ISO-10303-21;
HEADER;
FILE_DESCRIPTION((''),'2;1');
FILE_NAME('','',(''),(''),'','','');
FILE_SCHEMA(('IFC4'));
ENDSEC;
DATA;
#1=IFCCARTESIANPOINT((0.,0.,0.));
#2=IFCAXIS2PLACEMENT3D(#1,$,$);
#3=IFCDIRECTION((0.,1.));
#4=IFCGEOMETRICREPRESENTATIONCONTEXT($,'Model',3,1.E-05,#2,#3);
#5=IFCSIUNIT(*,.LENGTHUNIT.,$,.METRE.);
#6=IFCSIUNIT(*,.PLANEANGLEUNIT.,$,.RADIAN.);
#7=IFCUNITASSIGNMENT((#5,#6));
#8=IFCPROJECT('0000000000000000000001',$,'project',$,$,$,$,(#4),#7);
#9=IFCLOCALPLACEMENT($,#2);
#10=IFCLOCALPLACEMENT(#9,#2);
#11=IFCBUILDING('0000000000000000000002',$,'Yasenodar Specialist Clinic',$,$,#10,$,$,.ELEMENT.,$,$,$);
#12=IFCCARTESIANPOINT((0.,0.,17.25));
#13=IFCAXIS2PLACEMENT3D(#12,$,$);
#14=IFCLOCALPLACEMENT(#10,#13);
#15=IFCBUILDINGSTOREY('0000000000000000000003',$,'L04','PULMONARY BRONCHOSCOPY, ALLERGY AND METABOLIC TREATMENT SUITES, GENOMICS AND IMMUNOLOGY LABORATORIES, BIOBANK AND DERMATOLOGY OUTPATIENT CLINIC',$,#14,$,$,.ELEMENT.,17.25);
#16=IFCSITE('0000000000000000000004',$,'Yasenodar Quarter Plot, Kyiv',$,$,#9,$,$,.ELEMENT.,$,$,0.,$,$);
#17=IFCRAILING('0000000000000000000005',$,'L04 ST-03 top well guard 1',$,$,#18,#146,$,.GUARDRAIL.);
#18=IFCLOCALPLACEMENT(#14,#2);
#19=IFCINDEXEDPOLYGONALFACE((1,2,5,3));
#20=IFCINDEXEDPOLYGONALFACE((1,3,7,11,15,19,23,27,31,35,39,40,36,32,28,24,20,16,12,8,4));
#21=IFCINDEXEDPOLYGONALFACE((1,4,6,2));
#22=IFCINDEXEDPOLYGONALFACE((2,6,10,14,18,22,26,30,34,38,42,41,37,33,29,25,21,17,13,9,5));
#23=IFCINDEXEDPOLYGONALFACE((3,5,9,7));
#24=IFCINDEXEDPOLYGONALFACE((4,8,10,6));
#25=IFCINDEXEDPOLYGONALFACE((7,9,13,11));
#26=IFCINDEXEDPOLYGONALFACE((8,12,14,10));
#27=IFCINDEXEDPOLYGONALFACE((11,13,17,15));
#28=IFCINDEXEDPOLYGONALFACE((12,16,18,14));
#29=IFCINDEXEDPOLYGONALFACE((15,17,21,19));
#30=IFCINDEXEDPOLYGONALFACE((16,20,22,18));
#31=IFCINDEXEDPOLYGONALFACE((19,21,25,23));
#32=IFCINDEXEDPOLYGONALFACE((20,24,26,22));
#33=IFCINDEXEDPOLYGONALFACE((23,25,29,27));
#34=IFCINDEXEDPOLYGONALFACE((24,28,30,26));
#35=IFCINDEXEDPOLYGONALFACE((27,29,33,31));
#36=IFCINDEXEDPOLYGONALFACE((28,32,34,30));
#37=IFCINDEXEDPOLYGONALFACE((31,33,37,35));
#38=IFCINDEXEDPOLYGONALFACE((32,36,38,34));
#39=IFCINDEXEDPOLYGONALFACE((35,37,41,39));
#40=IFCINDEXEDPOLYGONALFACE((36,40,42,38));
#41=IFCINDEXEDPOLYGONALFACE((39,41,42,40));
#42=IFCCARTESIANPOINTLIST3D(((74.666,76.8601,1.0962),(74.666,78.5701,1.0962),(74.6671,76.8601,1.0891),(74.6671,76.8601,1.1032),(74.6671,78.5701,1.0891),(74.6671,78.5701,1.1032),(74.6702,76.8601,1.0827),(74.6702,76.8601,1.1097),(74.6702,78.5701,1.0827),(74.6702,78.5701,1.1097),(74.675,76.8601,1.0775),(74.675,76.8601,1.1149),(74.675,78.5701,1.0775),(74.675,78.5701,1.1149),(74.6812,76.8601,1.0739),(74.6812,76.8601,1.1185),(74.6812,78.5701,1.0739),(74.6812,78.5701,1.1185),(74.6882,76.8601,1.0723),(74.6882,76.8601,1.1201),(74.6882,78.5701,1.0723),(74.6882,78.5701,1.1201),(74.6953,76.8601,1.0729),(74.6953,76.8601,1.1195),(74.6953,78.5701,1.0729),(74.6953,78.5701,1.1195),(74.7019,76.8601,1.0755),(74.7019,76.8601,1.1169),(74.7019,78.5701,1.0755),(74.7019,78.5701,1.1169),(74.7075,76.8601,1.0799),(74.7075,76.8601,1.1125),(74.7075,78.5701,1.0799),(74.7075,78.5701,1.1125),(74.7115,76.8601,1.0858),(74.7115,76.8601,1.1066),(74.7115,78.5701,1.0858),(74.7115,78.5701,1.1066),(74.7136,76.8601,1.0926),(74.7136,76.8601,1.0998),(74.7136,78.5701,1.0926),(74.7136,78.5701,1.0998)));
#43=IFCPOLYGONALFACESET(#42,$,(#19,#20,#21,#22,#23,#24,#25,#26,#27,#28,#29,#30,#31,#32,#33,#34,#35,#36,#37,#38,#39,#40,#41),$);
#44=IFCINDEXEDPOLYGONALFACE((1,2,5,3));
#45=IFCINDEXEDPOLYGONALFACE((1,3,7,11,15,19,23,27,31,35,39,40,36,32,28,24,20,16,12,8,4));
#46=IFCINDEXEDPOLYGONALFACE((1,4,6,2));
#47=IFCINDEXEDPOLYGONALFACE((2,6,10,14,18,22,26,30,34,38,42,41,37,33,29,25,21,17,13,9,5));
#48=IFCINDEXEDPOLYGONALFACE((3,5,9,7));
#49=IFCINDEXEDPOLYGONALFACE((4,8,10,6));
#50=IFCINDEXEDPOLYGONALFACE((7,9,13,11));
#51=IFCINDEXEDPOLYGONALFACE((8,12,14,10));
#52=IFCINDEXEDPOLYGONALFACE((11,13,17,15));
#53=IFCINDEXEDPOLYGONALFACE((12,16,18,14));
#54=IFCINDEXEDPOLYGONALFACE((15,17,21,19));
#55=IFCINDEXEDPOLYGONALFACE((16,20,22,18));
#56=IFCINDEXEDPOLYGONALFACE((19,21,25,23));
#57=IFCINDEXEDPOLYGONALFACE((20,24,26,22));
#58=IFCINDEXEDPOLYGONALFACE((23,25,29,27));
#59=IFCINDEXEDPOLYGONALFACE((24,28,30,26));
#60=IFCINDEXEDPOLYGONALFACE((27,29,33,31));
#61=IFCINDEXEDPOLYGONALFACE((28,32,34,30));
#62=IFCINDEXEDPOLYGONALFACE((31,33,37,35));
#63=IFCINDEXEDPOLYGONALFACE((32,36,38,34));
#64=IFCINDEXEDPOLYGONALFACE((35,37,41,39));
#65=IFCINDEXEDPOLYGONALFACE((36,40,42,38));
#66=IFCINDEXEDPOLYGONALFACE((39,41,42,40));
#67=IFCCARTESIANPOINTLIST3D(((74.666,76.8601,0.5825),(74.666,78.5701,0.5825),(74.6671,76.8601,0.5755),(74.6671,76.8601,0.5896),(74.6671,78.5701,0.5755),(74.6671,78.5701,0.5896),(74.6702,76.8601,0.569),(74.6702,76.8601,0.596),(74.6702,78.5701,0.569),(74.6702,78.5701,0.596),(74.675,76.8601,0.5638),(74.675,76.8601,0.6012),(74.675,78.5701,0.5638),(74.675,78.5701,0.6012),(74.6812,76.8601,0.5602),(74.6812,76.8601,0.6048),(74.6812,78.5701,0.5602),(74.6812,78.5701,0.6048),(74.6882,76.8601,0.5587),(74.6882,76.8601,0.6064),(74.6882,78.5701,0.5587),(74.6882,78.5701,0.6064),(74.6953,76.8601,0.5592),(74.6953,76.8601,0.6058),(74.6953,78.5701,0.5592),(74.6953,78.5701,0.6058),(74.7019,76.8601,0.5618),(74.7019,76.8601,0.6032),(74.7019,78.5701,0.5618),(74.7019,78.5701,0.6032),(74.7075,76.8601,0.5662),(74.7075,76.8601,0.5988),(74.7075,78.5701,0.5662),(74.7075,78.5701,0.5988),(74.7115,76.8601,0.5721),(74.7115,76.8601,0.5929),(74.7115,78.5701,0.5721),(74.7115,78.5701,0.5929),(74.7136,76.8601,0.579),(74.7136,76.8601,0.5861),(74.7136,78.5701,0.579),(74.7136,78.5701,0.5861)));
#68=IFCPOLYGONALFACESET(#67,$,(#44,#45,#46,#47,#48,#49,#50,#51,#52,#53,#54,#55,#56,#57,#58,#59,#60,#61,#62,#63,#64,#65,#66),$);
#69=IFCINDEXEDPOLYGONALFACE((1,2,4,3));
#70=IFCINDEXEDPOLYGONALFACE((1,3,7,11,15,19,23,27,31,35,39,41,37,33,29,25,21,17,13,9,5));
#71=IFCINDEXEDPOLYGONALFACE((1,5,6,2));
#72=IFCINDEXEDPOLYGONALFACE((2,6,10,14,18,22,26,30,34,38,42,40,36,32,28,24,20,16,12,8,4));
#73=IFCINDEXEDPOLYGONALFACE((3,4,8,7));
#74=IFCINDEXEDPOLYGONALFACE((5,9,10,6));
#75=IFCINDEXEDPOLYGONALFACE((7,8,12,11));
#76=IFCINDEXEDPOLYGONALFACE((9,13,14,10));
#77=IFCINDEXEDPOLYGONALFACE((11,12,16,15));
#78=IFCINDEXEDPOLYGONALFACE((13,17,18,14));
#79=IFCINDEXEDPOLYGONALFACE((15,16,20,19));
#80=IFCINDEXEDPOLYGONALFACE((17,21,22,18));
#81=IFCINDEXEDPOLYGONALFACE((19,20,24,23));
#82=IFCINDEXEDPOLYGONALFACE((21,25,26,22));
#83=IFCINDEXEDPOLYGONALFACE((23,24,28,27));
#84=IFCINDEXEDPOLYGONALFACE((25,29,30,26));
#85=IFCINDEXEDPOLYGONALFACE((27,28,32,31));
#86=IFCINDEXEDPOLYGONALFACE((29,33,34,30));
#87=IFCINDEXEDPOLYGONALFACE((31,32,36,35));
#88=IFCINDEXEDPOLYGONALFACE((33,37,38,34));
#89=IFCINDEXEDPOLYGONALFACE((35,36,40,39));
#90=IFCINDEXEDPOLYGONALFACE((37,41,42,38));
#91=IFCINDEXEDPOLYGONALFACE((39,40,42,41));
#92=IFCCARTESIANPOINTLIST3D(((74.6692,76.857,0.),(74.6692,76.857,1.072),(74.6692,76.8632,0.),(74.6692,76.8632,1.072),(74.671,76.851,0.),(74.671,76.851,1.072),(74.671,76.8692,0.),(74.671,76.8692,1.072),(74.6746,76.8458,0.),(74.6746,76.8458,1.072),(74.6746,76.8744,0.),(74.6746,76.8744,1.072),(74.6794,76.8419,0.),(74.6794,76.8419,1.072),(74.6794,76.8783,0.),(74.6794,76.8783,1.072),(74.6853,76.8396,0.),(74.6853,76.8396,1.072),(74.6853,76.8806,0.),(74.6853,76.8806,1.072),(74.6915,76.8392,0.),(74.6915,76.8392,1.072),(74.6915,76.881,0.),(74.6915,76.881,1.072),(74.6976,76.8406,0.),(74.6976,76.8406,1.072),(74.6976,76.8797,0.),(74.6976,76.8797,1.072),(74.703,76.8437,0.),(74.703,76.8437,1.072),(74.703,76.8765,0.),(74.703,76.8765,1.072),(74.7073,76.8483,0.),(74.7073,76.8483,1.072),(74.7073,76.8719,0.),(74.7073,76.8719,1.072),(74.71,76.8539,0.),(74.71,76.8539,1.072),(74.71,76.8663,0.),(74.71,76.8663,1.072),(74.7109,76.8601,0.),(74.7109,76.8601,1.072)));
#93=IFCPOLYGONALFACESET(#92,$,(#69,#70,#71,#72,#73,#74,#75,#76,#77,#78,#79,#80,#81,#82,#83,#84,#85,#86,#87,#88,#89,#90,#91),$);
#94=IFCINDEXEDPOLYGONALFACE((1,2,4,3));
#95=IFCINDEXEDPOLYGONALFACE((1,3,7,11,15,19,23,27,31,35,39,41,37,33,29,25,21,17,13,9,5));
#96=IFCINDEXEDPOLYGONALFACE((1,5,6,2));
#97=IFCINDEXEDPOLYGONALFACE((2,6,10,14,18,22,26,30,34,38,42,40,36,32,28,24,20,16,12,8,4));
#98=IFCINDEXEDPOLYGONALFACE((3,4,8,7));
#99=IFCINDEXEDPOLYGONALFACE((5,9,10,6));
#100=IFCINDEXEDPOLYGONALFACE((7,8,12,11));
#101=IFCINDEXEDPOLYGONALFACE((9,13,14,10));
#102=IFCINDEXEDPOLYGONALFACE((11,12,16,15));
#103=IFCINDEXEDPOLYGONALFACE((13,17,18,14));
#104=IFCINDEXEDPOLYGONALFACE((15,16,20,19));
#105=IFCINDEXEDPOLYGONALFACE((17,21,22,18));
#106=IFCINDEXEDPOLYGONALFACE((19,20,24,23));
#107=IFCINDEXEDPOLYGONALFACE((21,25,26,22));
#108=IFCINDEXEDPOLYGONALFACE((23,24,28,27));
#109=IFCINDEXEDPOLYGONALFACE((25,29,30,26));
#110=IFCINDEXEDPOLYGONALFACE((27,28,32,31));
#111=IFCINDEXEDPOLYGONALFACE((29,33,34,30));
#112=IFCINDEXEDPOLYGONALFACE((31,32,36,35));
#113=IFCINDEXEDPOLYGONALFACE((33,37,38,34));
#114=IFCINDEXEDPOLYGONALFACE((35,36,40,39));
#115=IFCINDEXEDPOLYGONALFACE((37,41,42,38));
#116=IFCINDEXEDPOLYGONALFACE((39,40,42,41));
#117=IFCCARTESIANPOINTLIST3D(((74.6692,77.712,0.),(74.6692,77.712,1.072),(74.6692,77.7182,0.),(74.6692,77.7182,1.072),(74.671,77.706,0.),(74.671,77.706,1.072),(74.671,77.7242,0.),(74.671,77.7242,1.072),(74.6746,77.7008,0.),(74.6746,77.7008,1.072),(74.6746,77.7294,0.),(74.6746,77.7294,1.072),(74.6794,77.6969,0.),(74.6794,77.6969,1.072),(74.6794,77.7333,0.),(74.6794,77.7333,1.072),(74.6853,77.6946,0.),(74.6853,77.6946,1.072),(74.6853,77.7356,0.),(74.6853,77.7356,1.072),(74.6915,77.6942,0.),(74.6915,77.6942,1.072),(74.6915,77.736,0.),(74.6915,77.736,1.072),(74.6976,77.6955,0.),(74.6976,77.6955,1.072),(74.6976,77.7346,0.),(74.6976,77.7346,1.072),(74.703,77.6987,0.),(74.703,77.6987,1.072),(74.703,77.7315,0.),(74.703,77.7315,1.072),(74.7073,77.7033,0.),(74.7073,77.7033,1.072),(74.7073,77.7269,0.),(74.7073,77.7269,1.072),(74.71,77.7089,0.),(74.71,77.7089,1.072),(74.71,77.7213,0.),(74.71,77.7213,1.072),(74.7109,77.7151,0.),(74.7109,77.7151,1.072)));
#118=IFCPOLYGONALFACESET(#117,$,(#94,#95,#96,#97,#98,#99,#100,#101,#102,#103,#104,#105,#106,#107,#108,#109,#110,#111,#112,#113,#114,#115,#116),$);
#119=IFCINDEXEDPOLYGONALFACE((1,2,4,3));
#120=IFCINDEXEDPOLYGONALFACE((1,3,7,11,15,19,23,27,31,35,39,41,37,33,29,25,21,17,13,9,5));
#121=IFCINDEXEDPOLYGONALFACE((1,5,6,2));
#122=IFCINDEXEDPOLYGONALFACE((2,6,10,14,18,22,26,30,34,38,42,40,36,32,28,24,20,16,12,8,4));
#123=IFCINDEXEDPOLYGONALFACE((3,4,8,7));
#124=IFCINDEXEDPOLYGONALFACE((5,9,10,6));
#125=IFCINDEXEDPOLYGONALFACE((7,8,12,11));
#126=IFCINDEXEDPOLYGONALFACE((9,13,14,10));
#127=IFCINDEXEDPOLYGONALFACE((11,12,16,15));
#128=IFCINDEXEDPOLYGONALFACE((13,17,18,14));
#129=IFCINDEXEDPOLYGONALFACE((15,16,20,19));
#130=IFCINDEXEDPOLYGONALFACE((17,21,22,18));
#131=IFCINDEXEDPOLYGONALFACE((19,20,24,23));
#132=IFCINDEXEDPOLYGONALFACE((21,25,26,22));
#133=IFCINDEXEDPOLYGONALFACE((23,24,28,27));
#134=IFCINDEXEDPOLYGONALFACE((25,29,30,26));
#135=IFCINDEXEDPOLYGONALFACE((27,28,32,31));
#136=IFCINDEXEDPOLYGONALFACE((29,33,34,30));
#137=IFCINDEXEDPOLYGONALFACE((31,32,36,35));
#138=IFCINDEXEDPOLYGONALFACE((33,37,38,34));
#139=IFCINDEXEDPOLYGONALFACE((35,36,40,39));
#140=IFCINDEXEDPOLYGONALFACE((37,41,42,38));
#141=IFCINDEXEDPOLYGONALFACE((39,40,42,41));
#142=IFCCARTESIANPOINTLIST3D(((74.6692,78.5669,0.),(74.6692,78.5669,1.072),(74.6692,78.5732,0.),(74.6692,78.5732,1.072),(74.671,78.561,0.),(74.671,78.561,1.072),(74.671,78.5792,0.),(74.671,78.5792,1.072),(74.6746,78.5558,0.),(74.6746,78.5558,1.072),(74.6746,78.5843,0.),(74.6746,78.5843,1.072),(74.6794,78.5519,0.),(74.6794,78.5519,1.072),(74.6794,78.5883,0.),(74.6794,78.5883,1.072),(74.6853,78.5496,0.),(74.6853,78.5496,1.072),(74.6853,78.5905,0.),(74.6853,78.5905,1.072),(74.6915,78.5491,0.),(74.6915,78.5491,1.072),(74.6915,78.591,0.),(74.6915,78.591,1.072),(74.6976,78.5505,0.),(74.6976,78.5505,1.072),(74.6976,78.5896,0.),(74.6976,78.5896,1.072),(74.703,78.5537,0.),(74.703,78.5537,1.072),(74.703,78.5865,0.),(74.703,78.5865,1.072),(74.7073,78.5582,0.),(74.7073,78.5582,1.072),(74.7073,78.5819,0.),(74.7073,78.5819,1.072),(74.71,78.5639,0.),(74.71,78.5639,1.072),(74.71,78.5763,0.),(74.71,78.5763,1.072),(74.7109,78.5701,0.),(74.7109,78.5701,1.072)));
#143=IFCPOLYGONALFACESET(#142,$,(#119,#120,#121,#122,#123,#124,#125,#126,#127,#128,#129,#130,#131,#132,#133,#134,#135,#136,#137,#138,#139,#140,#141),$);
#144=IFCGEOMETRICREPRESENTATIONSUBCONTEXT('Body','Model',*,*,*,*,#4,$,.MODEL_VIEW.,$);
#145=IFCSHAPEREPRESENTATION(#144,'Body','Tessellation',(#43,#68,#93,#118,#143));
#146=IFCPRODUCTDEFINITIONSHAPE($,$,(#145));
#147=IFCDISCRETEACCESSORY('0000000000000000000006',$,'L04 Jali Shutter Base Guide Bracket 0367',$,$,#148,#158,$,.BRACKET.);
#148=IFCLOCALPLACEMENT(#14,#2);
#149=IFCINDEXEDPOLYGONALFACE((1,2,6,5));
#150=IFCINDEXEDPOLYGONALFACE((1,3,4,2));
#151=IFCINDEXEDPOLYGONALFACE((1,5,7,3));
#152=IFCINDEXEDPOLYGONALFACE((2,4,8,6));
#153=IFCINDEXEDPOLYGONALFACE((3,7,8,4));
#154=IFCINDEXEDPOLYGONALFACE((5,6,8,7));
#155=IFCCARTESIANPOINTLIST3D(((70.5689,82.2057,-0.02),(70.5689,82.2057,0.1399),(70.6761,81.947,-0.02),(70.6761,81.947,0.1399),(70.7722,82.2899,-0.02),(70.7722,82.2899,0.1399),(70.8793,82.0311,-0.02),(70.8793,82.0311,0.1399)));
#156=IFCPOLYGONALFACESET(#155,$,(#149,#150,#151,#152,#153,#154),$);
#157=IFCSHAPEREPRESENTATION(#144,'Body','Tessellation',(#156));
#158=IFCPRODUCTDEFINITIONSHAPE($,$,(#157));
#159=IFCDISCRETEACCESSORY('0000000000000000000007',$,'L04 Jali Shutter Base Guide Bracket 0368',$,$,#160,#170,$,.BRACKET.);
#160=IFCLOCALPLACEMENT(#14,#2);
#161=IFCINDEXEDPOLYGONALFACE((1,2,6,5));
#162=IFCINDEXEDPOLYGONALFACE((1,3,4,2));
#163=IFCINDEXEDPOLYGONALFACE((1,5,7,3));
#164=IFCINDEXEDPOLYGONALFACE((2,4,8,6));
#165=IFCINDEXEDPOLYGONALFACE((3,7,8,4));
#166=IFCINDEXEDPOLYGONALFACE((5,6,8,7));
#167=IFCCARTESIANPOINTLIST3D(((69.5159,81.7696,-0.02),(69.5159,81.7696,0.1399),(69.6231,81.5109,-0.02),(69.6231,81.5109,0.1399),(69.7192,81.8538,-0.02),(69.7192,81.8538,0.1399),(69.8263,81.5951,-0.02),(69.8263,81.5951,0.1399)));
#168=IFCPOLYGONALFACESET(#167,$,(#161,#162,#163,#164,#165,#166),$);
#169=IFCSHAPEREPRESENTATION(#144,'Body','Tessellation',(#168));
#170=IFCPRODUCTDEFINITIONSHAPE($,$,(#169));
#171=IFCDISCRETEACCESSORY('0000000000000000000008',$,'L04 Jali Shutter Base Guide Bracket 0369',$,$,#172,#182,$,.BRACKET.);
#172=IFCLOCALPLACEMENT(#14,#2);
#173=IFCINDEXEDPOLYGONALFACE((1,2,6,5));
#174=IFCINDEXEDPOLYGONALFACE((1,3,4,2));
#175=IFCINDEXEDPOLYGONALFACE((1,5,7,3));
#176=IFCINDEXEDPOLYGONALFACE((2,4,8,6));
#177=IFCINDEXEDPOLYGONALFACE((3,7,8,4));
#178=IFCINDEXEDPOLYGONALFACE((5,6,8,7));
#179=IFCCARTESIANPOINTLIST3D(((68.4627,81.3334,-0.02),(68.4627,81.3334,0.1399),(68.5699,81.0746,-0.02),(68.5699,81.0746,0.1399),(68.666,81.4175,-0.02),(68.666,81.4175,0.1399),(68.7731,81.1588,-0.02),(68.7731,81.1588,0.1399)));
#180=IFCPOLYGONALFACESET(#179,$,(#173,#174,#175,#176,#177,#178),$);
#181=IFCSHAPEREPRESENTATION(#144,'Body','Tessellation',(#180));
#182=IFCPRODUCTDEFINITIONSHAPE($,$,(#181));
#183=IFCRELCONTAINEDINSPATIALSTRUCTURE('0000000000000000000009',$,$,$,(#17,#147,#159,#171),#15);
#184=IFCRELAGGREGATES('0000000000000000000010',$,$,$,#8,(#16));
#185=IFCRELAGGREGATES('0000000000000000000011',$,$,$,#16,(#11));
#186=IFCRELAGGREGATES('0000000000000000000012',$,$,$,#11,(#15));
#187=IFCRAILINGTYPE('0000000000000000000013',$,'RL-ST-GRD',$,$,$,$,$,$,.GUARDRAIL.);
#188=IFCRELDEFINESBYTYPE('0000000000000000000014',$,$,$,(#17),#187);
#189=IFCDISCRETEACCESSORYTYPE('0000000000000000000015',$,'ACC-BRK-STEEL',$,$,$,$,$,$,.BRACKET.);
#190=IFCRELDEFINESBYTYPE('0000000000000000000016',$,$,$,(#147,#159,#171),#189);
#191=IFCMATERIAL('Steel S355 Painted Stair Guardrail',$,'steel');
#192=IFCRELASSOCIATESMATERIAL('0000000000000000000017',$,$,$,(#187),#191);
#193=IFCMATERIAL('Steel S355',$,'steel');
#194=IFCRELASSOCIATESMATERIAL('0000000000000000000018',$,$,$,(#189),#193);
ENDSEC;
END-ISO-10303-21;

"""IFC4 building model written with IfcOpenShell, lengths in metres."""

from ifc_helpers import new_model, si_unit, direction, frame, origin, origin_2d, place, context, subcontext, project, spatial, rectangle, circle, extrude, material, type_object, element, save


model = new_model("IFC4")

# Units and contexts
model_context = context("Model", 3, precision=1e-05, world=origin(), true_north=direction((0.0, 1.0)))
body_context = subcontext(model_context, "Body", "Model", "MODEL_VIEW")
ifc_project = project(units=[si_unit("LENGTHUNIT", "METRE"), si_unit("PLANEANGLEUNIT", "RADIAN")], contexts=[model_context])

# Site, building, storey
site_placement = place(None, origin())
site = spatial("IfcSite", under=ifc_project, at=site_placement, Name="Yasenodar Quarter Plot, Kyiv", CompositionType="ELEMENT", RefElevation=0.0)
building_placement = place(site_placement, origin())
building = spatial("IfcBuilding", under=site, at=building_placement, Name="Yasenodar Specialist Clinic", CompositionType="ELEMENT")
storey_placement = place(building_placement, frame((0.0, 0.0, 17.25)))
storey = spatial("IfcBuildingStorey", under=building, at=storey_placement, Name="L04", Description="PULMONARY BRONCHOSCOPY, ALLERGY AND METABOLIC TREATMENT SUITES, GENOMICS AND IMMUNOLOGY LABORATORIES, BIOBANK AND DERMATOLOGY OUTPATIENT CLINIC", CompositionType="ELEMENT", Elevation=17.25)

# Shared definitions
ifc_material_1 = material(Name="Steel S355", Category="steel")

# Railing
ifc_material_2 = material(Name="Steel S355 Painted Stair Guardrail", Category="steel")
railing_type_1 = type_object("IfcRailingType", Name="RL-ST-GRD", PredefinedType="GUARDRAIL", material=ifc_material_2)
railing_1_placement = place(storey_placement, frame((74.6899, 76.8601, 0.0)))
element("IfcRailing", 1, at=railing_1_placement, inside=storey, type_object=railing_type_1, Name="L04 ST-03 top well guard 1", PredefinedType="GUARDRAIL", context=body_context, shape_type="SweptSolid", body=[
    extrude(circle(Radius=0.0239, at=origin_2d()), frame((0.0, 0.0, 1.0962), z_axis=(0.0, 1.0, 0.0), x_axis=(-1.0, 0.0, 0.0)), (0.0, 0.0, 1.0), 1.71),
    extrude(circle(Radius=0.0239, at=origin_2d()), frame((0.0, 0.0, 0.5825), z_axis=(0.0, 1.0, 0.0), x_axis=(-1.0, 0.0, 0.0)), (0.0, 0.0, 1.0), 1.71),
    extrude(circle(Radius=0.021, at=origin_2d()), origin(), (0.0, 0.0, 1.0), 1.072),
    extrude(circle(Radius=0.021, at=origin_2d()), frame((0.0, 0.855, 0.0)), (0.0, 0.0, 1.0), 1.072),
    extrude(circle(Radius=0.021, at=origin_2d()), frame((0.0, 1.71, 0.0)), (0.0, 0.0, 1.0), 1.072),
])

# Discrete accessories
discrete_accessory_type = type_object("IfcDiscreteAccessoryType", Name="ACC-BRK-STEEL", PredefinedType="BRACKET", material=ifc_material_1)
for number, where, z_axis, x_axis, name in (
    (2, (70.7241, 82.1184, -0.02), (0.0, 0.0, 1.0), (-0.923878, -0.382687, 0.0), "L04 Jali Shutter Base Guide Bracket 0367"),
    (3, (69.6711, 81.6824, -0.02), (0.0, 0.0, 1.0), (-0.923878, -0.382687, 0.0), "L04 Jali Shutter Base Guide Bracket 0368"),
    (4, (68.6179, 81.2461, -0.02), (0.0, 0.0, 1.0), (-0.923878, -0.382687, 0.0), "L04 Jali Shutter Base Guide Bracket 0369"),
):
    element("IfcDiscreteAccessory", number, at=place(storey_placement, frame(where, z_axis=z_axis, x_axis=x_axis)), inside=storey, type_object=discrete_accessory_type, Name=name, PredefinedType="BRACKET", context=body_context, shape_type="SweptSolid", body=[
        extrude(rectangle(XDim=0.22, YDim=0.28, at=origin_2d()), origin(), (0.0, 0.0, 1.0), 0.1599),
    ])

save(model, "model.ifc")
